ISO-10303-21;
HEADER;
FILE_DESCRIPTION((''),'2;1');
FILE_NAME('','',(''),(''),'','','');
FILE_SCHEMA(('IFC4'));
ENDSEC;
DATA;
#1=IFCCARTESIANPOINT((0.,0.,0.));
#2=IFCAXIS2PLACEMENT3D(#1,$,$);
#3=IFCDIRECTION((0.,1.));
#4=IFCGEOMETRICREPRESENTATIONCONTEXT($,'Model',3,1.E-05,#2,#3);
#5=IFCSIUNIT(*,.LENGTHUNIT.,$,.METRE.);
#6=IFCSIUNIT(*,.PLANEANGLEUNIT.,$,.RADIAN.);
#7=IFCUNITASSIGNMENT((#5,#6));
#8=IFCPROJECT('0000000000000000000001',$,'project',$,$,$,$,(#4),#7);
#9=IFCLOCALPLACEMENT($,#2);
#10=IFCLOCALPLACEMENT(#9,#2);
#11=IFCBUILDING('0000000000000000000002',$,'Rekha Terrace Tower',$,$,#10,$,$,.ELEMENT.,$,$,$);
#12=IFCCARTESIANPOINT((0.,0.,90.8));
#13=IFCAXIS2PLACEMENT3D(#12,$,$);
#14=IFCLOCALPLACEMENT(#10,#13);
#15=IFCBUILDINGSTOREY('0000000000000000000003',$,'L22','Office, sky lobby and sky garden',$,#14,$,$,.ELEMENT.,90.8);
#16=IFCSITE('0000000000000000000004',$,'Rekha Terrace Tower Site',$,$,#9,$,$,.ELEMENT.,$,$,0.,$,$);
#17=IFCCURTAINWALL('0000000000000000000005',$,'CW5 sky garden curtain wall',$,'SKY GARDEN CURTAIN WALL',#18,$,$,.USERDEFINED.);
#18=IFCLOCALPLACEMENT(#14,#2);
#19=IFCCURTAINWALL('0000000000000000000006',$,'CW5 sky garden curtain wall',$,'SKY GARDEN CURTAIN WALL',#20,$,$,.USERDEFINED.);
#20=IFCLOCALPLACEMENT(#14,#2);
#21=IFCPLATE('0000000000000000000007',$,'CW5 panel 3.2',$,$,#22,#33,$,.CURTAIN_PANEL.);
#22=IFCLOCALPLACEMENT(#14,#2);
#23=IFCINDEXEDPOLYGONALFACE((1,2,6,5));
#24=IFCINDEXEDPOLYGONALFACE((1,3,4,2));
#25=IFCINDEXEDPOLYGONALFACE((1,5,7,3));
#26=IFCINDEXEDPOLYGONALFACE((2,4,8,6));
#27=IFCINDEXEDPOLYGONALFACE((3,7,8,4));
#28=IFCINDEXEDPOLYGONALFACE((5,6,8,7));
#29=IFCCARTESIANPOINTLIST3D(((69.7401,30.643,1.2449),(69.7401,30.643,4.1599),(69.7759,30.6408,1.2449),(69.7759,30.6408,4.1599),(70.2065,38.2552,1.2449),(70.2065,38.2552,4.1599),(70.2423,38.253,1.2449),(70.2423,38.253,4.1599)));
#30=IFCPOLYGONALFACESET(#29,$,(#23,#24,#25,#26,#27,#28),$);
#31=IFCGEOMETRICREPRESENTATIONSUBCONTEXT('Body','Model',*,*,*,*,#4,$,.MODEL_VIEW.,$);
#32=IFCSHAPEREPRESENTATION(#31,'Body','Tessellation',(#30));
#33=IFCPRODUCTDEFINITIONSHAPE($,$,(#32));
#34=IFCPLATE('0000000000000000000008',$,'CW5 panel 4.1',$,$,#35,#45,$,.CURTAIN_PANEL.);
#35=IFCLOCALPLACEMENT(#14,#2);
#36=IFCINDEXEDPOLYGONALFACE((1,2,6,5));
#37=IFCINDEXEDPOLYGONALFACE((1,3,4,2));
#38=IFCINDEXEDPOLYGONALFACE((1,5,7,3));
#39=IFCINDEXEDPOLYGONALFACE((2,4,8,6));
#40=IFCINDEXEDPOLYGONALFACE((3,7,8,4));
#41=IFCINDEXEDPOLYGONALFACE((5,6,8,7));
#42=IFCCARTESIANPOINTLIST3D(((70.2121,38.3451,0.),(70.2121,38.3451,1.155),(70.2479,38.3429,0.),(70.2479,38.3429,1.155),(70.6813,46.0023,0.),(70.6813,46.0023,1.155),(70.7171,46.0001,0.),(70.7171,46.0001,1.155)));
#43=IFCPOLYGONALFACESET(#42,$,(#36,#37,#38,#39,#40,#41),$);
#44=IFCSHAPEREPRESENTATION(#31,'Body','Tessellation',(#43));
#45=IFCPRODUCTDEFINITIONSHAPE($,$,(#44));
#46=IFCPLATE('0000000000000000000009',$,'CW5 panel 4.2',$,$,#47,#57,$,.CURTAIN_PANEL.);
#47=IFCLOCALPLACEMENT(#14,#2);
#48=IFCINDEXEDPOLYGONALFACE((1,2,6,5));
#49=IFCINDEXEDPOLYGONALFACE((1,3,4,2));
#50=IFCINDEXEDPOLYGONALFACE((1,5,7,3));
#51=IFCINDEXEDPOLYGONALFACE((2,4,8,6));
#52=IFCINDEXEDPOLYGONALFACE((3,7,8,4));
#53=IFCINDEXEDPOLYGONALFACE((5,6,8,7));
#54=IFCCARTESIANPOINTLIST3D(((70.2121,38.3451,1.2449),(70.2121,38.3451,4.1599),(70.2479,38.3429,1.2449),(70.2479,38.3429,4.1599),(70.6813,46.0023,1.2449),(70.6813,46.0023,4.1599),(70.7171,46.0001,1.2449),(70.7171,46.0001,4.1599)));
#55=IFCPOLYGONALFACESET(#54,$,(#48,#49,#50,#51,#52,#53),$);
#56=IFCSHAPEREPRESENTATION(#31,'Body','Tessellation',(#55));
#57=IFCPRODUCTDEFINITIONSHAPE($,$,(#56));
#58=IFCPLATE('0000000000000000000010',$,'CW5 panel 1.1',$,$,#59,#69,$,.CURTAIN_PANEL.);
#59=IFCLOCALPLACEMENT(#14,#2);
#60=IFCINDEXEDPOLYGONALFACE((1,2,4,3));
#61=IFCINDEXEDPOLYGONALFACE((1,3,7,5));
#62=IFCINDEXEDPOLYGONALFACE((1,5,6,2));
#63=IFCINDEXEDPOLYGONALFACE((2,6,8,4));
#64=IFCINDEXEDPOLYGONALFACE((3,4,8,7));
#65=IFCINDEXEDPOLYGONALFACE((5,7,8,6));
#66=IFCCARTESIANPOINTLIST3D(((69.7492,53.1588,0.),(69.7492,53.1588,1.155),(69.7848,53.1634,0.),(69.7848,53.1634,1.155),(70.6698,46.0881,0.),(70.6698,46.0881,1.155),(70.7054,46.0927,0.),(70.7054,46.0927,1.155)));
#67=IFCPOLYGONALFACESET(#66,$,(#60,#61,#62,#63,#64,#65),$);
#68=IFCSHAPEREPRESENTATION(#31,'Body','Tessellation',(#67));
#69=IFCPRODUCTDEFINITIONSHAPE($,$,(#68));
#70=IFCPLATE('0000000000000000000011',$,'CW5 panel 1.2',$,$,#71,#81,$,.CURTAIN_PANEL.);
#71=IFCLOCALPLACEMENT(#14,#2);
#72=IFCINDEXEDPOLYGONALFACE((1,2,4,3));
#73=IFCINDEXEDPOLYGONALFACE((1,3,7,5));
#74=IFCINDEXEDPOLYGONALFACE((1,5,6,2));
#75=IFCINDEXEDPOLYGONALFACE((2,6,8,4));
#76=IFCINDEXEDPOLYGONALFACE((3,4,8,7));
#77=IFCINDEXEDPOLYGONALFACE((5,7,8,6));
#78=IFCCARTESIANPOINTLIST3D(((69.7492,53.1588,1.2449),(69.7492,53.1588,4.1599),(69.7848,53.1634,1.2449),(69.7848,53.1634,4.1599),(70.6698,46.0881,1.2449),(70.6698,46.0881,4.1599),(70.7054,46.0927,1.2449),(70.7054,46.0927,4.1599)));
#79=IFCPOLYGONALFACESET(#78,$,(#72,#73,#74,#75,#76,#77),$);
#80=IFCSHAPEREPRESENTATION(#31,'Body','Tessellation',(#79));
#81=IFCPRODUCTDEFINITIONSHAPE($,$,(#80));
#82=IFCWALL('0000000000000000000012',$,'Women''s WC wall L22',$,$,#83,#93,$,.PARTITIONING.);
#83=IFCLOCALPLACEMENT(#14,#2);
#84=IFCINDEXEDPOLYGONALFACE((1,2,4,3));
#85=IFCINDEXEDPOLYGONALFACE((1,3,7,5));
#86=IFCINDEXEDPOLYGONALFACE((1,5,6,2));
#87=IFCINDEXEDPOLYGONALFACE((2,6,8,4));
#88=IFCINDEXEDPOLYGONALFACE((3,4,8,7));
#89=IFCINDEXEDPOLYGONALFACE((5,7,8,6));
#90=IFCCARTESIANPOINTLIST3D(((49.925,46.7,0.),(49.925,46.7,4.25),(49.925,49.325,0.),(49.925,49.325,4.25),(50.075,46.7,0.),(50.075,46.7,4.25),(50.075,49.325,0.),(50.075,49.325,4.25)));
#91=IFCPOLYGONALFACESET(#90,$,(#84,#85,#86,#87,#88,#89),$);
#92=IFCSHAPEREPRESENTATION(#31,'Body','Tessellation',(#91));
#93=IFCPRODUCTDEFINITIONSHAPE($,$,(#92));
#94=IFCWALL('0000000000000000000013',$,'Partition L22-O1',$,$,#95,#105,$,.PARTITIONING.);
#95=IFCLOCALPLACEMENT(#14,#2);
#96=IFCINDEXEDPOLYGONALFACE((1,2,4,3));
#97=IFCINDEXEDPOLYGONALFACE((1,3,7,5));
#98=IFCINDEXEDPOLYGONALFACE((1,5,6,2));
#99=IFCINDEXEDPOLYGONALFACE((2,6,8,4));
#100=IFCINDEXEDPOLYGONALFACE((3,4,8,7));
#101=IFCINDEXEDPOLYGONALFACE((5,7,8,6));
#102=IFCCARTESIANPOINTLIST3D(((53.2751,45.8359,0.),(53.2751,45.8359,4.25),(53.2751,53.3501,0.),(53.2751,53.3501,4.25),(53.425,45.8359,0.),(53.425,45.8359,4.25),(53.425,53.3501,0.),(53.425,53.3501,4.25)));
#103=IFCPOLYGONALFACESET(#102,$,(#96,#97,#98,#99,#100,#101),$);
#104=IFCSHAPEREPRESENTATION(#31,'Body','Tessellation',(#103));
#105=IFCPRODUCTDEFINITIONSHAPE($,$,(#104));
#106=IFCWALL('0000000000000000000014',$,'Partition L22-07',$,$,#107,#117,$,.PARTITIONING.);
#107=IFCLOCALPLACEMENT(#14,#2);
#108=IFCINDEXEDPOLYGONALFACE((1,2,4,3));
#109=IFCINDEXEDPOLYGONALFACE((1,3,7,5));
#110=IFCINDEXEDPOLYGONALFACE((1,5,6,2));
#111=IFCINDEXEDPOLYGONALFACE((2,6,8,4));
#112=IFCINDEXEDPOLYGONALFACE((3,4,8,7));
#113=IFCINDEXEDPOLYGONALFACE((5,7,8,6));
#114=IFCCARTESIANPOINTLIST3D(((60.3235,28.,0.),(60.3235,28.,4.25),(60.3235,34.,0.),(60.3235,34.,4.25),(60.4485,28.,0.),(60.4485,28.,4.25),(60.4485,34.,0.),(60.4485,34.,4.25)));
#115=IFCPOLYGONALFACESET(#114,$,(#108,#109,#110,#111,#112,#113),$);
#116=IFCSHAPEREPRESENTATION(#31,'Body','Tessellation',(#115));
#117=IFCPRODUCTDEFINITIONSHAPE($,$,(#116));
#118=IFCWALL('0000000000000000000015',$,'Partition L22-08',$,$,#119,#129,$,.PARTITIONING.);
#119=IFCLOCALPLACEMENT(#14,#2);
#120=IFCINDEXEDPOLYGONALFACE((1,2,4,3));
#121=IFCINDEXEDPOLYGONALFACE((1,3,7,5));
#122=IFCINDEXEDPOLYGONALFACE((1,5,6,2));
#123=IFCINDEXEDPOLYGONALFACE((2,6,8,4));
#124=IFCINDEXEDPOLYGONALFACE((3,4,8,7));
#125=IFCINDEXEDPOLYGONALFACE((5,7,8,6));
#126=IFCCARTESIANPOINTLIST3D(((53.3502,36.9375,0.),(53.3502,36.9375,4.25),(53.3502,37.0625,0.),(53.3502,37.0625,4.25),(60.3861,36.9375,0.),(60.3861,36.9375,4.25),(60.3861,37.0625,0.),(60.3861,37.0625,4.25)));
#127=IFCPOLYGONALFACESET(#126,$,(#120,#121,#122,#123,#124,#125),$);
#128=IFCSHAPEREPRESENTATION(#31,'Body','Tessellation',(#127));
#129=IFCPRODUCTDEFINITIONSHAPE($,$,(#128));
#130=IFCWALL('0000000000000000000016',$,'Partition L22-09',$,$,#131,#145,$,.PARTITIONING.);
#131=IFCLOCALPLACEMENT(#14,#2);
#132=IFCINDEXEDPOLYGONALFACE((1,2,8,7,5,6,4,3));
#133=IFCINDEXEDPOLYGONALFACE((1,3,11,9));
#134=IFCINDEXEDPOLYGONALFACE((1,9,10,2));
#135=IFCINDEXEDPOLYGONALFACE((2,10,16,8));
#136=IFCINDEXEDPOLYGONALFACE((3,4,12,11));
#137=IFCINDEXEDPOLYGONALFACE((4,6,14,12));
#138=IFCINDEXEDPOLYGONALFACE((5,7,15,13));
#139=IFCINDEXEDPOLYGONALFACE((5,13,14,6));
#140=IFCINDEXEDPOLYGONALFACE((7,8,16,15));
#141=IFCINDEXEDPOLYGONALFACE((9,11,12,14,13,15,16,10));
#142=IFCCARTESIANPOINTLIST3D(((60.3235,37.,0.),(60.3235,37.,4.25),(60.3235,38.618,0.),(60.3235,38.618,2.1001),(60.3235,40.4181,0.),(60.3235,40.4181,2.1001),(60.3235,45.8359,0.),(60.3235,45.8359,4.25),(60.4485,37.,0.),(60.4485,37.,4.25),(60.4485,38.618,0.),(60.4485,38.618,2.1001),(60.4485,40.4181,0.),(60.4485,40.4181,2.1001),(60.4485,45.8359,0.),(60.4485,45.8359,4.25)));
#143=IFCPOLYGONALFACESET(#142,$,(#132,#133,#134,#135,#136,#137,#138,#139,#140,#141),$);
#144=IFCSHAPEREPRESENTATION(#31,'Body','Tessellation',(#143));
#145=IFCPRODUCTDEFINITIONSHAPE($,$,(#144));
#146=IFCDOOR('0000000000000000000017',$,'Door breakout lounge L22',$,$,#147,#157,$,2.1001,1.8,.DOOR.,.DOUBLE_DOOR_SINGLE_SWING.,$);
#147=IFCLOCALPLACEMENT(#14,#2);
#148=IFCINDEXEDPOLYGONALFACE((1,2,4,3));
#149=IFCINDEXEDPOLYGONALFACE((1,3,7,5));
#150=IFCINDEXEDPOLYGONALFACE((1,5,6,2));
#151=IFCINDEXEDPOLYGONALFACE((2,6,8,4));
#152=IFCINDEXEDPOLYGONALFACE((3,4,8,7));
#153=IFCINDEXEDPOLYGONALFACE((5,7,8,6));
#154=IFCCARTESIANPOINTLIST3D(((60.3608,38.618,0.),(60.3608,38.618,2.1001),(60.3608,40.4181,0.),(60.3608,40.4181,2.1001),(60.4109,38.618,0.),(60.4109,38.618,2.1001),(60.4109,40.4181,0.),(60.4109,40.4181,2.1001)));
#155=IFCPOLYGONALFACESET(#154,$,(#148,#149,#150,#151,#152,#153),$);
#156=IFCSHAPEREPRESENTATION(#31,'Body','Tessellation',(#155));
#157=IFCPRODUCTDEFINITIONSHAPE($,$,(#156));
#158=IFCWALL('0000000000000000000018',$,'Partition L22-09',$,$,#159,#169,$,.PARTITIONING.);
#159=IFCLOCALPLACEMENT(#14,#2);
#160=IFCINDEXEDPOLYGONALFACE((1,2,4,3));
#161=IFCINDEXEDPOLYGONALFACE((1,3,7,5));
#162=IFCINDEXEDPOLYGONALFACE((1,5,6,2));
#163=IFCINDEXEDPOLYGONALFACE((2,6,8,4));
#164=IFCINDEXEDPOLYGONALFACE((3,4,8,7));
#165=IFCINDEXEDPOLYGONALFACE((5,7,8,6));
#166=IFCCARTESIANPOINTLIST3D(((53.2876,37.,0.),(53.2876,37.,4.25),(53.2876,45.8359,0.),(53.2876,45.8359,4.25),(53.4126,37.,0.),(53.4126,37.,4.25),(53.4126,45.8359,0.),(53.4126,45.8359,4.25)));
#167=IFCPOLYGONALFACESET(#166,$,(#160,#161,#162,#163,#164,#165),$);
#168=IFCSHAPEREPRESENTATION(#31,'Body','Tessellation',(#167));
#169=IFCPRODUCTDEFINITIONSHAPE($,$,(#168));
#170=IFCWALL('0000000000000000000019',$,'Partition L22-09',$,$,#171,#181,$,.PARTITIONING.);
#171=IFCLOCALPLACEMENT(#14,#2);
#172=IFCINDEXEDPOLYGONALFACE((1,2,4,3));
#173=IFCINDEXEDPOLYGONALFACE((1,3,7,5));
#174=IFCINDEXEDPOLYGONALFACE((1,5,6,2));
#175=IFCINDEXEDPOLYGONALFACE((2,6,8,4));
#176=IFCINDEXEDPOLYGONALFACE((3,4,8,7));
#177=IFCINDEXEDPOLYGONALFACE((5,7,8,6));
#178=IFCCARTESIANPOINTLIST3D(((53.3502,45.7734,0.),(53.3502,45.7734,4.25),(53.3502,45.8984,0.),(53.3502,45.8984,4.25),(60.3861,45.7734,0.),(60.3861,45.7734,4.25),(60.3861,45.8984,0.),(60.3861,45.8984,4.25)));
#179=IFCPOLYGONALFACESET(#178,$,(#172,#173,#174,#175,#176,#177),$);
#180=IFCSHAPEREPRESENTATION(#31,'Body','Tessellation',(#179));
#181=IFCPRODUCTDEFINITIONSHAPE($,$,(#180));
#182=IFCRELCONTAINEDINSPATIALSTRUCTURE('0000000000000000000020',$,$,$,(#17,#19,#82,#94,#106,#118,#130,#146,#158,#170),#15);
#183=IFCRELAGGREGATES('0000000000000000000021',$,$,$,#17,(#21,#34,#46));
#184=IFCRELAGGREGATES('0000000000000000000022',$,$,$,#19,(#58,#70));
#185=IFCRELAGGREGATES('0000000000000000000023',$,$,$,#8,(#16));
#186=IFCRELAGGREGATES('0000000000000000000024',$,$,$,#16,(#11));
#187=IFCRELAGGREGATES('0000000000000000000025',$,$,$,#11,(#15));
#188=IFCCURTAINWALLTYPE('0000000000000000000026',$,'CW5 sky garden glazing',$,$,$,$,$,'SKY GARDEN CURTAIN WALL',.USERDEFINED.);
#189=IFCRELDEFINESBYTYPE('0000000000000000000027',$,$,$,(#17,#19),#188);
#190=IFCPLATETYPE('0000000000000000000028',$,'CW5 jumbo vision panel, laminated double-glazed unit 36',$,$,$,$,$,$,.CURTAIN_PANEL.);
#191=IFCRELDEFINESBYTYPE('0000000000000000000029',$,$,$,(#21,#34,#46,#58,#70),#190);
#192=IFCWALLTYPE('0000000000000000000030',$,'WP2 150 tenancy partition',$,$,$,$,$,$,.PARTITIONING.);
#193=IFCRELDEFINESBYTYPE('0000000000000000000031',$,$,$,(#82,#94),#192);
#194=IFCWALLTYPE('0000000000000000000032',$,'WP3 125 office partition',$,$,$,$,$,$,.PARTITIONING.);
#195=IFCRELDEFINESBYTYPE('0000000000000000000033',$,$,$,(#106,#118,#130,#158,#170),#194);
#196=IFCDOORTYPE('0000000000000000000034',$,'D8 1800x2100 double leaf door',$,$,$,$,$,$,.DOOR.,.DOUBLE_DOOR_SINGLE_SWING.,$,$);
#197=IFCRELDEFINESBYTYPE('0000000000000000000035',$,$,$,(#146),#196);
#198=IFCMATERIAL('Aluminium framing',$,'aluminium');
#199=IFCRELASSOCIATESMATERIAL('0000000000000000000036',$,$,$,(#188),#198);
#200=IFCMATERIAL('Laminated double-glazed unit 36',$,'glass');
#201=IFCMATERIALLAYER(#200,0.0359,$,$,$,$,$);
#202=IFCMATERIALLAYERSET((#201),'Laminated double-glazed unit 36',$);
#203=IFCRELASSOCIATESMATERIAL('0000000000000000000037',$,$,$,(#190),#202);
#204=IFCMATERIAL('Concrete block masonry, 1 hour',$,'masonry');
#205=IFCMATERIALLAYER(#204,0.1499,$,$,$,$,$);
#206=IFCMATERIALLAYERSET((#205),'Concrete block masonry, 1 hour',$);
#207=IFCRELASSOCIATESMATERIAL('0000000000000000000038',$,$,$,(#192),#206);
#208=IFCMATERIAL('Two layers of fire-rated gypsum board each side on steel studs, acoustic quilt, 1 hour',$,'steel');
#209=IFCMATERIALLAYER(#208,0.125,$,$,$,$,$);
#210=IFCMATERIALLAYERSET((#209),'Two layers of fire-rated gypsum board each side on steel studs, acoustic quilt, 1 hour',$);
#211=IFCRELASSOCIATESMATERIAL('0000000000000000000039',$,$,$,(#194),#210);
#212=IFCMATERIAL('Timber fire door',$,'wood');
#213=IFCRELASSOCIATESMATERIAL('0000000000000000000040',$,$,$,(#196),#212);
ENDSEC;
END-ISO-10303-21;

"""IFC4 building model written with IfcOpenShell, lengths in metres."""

from ifc_helpers import new_model, si_unit, direction, frame, frame_2d, origin, origin_2d, place, context, subcontext, project, spatial, rectangle, extrude, material, layer, layer_set, type_object, element, fill, aggregate, save


model = new_model("IFC4")

# Units and contexts
model_context = context("Model", 3, precision=1e-05, world=origin(), true_north=direction((0.0, 1.0)))
body_context = subcontext(model_context, "Body", "Model", "MODEL_VIEW")
ifc_project = project(units=[si_unit("LENGTHUNIT", "METRE"), si_unit("PLANEANGLEUNIT", "RADIAN")], contexts=[model_context])

# Site, building, storey
site_placement = place(None, origin())
site = spatial("IfcSite", under=ifc_project, at=site_placement, Name="Rekha Terrace Tower Site", CompositionType="ELEMENT", RefElevation=0.0)
building_placement = place(site_placement, origin())
building = spatial("IfcBuilding", under=site, at=building_placement, Name="Rekha Terrace Tower", CompositionType="ELEMENT")
storey_placement = place(building_placement, frame((0.0, 0.0, 90.8)))
storey = spatial("IfcBuildingStorey", under=building, at=storey_placement, Name="L22", Description="Office, sky lobby and sky garden", CompositionType="ELEMENT", Elevation=90.8)

# Curtain walls
ifc_material_1 = material(Name="Aluminium framing", Category="aluminium")
curtain_wall_type = type_object("IfcCurtainWallType", Name="CW5 sky garden glazing", ElementType="SKY GARDEN CURTAIN WALL", PredefinedType="USERDEFINED", material=ifc_material_1)
curtain_wall_1_placement = place(storey_placement, origin())
curtain_wall_1 = element("IfcCurtainWall", 1, at=curtain_wall_1_placement, inside=storey, type_object=curtain_wall_type, Name="CW5 sky garden curtain wall", ObjectType="SKY GARDEN CURTAIN WALL", PredefinedType="USERDEFINED")
curtain_wall_2_placement = place(storey_placement, origin())
curtain_wall_2 = element("IfcCurtainWall", 2, at=curtain_wall_2_placement, inside=storey, type_object=curtain_wall_type, Name="CW5 sky garden curtain wall", ObjectType="SKY GARDEN CURTAIN WALL", PredefinedType="USERDEFINED")

# Plates
ifc_material_2 = material(Name="Laminated double-glazed unit 36", Category="glass")
ifc_layer_1 = layer(ifc_material_2, 0.0359)
ifc_layer_set_1 = layer_set([ifc_layer_1], Name="Laminated double-glazed unit 36")
plate_type = type_object("IfcPlateType", Name="CW5 jumbo vision panel, laminated double-glazed unit 36", PredefinedType="CURTAIN_PANEL", material=ifc_layer_set_1)
plate_1_placement = place(storey_placement, frame((69.9912, 34.448, 1.2449), z_axis=(0.0, 0.0, 1.0), x_axis=(0.06116, 0.998128, 0.0)))
plate_1 = element("IfcPlate", 3, at=plate_1_placement, type_object=plate_type, Name="CW5 panel 3.2", PredefinedType="CURTAIN_PANEL", context=body_context, shape_type="SweptSolid", body=[
    extrude(rectangle(XDim=7.6265, YDim=0.0359, at=origin_2d()), origin(), (0.0, 0.0, 1.0), 2.915),
])
plate_2_placement = place(storey_placement, frame((70.4646, 42.1726, 0.0), z_axis=(0.0, 0.0, 1.0), x_axis=(0.06116, 0.998128, 0.0)))
plate_2 = element("IfcPlate", 4, at=plate_2_placement, type_object=plate_type, Name="CW5 panel 4.1", PredefinedType="CURTAIN_PANEL", context=body_context, shape_type="SweptSolid", body=[
    extrude(rectangle(XDim=7.6716, YDim=0.0359, at=origin_2d()), origin(), (0.0, 0.0, 1.0), 1.155),
])
plate_3_placement = place(storey_placement, frame((70.4646, 42.1726, 1.2449), z_axis=(0.0, 0.0, 1.0), x_axis=(0.06116, 0.998128, 0.0)))
plate_3 = element("IfcPlate", 5, at=plate_3_placement, type_object=plate_type, Name="CW5 panel 4.2", PredefinedType="CURTAIN_PANEL", context=body_context, shape_type="SweptSolid", body=[
    extrude(rectangle(XDim=7.6716, YDim=0.0359, at=origin_2d()), origin(), (0.0, 0.0, 1.0), 2.915),
])
aggregate(curtain_wall_1, [plate_1, plate_2, plate_3])
plate_4_placement = place(storey_placement, frame((70.2273, 49.6257, 0.0), z_axis=(0.0, 0.0, 1.0), x_axis=(-0.129118, 0.991629, 0.0)))
plate_4 = element("IfcPlate", 6, at=plate_4_placement, type_object=plate_type, Name="CW5 panel 1.1", PredefinedType="CURTAIN_PANEL", context=body_context, shape_type="SweptSolid", body=[
    extrude(rectangle(XDim=7.1304, YDim=0.0359, at=origin_2d()), origin(), (0.0, 0.0, 1.0), 1.155),
])
plate_5_placement = place(storey_placement, frame((70.2273, 49.6257, 1.2449), z_axis=(0.0, 0.0, 1.0), x_axis=(-0.129118, 0.991629, 0.0)))
plate_5 = element("IfcPlate", 7, at=plate_5_placement, type_object=plate_type, Name="CW5 panel 1.2", PredefinedType="CURTAIN_PANEL", context=body_context, shape_type="SweptSolid", body=[
    extrude(rectangle(XDim=7.1304, YDim=0.0359, at=origin_2d()), origin(), (0.0, 0.0, 1.0), 2.915),
])
aggregate(curtain_wall_2, [plate_4, plate_5])

# Walls
ifc_material_3 = material(Name="Concrete block masonry, 1 hour", Category="masonry")
ifc_layer_2 = layer(ifc_material_3, 0.1499)
ifc_layer_set_2 = layer_set([ifc_layer_2], Name="Concrete block masonry, 1 hour")
wall_type_1 = type_object("IfcWallType", Name="WP2 150 tenancy partition", PredefinedType="PARTITIONING", material=ifc_layer_set_2)
wall_1_placement = place(storey_placement, frame((50.0, 46.7, 0.0), z_axis=(0.0, 0.0, 1.0), x_axis=(0.0, 1.0, 0.0)))
element("IfcWall", 8, at=wall_1_placement, inside=storey, type_object=wall_type_1, Name="Women's WC wall L22", PredefinedType="PARTITIONING", context=body_context, shape_type="SweptSolid", body=[
    extrude(rectangle(XDim=2.625, YDim=0.1499, at=frame_2d((1.3125, 0.0))), origin(), (0.0, 0.0, 1.0), 4.25),
])
wall_2_placement = place(storey_placement, frame((53.3501, 45.8359, 0.0), z_axis=(0.0, 0.0, 1.0), x_axis=(0.0, 1.0, 0.0)))
element("IfcWall", 9, at=wall_2_placement, inside=storey, type_object=wall_type_1, Name="Partition L22-O1", PredefinedType="PARTITIONING", context=body_context, shape_type="SweptSolid", body=[
    extrude(rectangle(XDim=7.5142, YDim=0.1499, at=frame_2d((3.7571, 0.0))), origin(), (0.0, 0.0, 1.0), 4.25),
])
ifc_material_4 = material(Name="Two layers of fire-rated gypsum board each side on steel studs, acoustic quilt, 1 hour", Category="steel")
ifc_layer_3 = layer(ifc_material_4, 0.125)
ifc_layer_set_3 = layer_set([ifc_layer_3], Name="Two layers of fire-rated gypsum board each side on steel studs, acoustic quilt, 1 hour")
wall_type_2 = type_object("IfcWallType", Name="WP3 125 office partition", PredefinedType="PARTITIONING", material=ifc_layer_set_3)
wall_3_placement = place(storey_placement, frame((60.386, 34.0, 0.0), z_axis=(0.0, 0.0, 1.0), x_axis=(0.0, -1.0, 0.0)))
element("IfcWall", 10, at=wall_3_placement, inside=storey, type_object=wall_type_2, Name="Partition L22-07", PredefinedType="PARTITIONING", context=body_context, shape_type="SweptSolid", body=[
    extrude(rectangle(XDim=6.0, YDim=0.125, at=frame_2d((3.0, 0.0))), origin(), (0.0, 0.0, 1.0), 4.25),
])
wall_4_placement = place(storey_placement, frame((53.3501, 37.0, 0.0), z_axis=(0.0, 0.0, 1.0), x_axis=(1.0, 0.0, 0.0)))
element("IfcWall", 11, at=wall_4_placement, inside=storey, type_object=wall_type_2, Name="Partition L22-08", PredefinedType="PARTITIONING", context=body_context, shape_type="SweptSolid", body=[
    extrude(rectangle(XDim=7.0359, YDim=0.125, at=frame_2d((3.5181, 0.0))), origin(), (0.0, 0.0, 1.0), 4.25),
])

# Wall, opening, door
wall_5_placement = place(storey_placement, frame((60.386, 45.8359, 0.0), z_axis=(0.0, 0.0, 1.0), x_axis=(0.0, -1.0, 0.0)))
wall_5 = element("IfcWall", 12, at=wall_5_placement, inside=storey, type_object=wall_type_2, Name="Partition L22-09", PredefinedType="PARTITIONING", context=body_context, shape_type="SweptSolid", body=[
    extrude(rectangle(XDim=8.8359, YDim=0.125, at=frame_2d((4.418, 0.0))), origin(), (0.0, 0.0, 1.0), 4.25),
])
opening_placement = place(wall_5_placement, frame((5.418, 0.0, 0.0)))
opening = element("IfcOpeningElement", 13, at=opening_placement, cuts=wall_5, PredefinedType="OPENING", context=body_context, shape_type="SweptSolid", body=[
    extrude(rectangle(XDim=1.8, YDim=2.1001, at=frame_2d((0.8999, 1.05))), frame((0.0, 0.0725, 0.0), z_axis=(0.0, -1.0, 0.0), x_axis=(1.0, 0.0, 0.0)), (0.0, 0.0, 1.0), 0.145),
])
ifc_material_5 = material(Name="Timber fire door", Category="wood")
door_type = type_object("IfcDoorType", Name="D8 1800x2100 double leaf door", OperationType="DOUBLE_DOOR_SINGLE_SWING", PredefinedType="DOOR", material=ifc_material_5)
door_placement = place(opening_placement, origin())
door = element("IfcDoor", 14, at=door_placement, inside=storey, type_object=door_type, Name="Door breakout lounge L22", OperationType="DOUBLE_DOOR_SINGLE_SWING", OverallHeight=2.1001, OverallWidth=1.8, PredefinedType="DOOR", context=body_context, shape_type="SweptSolid", body=[
    extrude(rectangle(XDim=1.8, YDim=2.1001, at=frame_2d((0.8999, 1.05))), frame((0.0, 0.0249, 0.0), z_axis=(0.0, -1.0, 0.0), x_axis=(1.0, 0.0, 0.0)), (0.0, 0.0, 1.0), 0.05),
])
fill(opening, door)

# Walls
wall_6_placement = place(storey_placement, frame((53.3501, 37.0, 0.0), z_axis=(0.0, 0.0, 1.0), x_axis=(0.0, 1.0, 0.0)))
element("IfcWall", 15, at=wall_6_placement, inside=storey, type_object=wall_type_2, Name="Partition L22-09", PredefinedType="PARTITIONING", context=body_context, shape_type="SweptSolid", body=[
    extrude(rectangle(XDim=8.8359, YDim=0.125, at=frame_2d((4.418, 0.0))), origin(), (0.0, 0.0, 1.0), 4.25),
])
wall_7_placement = place(storey_placement, frame((53.3501, 45.8359, 0.0), z_axis=(0.0, 0.0, 1.0), x_axis=(1.0, 0.0, 0.0)))
element("IfcWall", 16, at=wall_7_placement, inside=storey, type_object=wall_type_2, Name="Partition L22-09", PredefinedType="PARTITIONING", context=body_context, shape_type="SweptSolid", body=[
    extrude(rectangle(XDim=7.0359, YDim=0.125, at=frame_2d((3.5181, 0.0))), origin(), (0.0, 0.0, 1.0), 4.25),
])

save(model, "model.ifc")
